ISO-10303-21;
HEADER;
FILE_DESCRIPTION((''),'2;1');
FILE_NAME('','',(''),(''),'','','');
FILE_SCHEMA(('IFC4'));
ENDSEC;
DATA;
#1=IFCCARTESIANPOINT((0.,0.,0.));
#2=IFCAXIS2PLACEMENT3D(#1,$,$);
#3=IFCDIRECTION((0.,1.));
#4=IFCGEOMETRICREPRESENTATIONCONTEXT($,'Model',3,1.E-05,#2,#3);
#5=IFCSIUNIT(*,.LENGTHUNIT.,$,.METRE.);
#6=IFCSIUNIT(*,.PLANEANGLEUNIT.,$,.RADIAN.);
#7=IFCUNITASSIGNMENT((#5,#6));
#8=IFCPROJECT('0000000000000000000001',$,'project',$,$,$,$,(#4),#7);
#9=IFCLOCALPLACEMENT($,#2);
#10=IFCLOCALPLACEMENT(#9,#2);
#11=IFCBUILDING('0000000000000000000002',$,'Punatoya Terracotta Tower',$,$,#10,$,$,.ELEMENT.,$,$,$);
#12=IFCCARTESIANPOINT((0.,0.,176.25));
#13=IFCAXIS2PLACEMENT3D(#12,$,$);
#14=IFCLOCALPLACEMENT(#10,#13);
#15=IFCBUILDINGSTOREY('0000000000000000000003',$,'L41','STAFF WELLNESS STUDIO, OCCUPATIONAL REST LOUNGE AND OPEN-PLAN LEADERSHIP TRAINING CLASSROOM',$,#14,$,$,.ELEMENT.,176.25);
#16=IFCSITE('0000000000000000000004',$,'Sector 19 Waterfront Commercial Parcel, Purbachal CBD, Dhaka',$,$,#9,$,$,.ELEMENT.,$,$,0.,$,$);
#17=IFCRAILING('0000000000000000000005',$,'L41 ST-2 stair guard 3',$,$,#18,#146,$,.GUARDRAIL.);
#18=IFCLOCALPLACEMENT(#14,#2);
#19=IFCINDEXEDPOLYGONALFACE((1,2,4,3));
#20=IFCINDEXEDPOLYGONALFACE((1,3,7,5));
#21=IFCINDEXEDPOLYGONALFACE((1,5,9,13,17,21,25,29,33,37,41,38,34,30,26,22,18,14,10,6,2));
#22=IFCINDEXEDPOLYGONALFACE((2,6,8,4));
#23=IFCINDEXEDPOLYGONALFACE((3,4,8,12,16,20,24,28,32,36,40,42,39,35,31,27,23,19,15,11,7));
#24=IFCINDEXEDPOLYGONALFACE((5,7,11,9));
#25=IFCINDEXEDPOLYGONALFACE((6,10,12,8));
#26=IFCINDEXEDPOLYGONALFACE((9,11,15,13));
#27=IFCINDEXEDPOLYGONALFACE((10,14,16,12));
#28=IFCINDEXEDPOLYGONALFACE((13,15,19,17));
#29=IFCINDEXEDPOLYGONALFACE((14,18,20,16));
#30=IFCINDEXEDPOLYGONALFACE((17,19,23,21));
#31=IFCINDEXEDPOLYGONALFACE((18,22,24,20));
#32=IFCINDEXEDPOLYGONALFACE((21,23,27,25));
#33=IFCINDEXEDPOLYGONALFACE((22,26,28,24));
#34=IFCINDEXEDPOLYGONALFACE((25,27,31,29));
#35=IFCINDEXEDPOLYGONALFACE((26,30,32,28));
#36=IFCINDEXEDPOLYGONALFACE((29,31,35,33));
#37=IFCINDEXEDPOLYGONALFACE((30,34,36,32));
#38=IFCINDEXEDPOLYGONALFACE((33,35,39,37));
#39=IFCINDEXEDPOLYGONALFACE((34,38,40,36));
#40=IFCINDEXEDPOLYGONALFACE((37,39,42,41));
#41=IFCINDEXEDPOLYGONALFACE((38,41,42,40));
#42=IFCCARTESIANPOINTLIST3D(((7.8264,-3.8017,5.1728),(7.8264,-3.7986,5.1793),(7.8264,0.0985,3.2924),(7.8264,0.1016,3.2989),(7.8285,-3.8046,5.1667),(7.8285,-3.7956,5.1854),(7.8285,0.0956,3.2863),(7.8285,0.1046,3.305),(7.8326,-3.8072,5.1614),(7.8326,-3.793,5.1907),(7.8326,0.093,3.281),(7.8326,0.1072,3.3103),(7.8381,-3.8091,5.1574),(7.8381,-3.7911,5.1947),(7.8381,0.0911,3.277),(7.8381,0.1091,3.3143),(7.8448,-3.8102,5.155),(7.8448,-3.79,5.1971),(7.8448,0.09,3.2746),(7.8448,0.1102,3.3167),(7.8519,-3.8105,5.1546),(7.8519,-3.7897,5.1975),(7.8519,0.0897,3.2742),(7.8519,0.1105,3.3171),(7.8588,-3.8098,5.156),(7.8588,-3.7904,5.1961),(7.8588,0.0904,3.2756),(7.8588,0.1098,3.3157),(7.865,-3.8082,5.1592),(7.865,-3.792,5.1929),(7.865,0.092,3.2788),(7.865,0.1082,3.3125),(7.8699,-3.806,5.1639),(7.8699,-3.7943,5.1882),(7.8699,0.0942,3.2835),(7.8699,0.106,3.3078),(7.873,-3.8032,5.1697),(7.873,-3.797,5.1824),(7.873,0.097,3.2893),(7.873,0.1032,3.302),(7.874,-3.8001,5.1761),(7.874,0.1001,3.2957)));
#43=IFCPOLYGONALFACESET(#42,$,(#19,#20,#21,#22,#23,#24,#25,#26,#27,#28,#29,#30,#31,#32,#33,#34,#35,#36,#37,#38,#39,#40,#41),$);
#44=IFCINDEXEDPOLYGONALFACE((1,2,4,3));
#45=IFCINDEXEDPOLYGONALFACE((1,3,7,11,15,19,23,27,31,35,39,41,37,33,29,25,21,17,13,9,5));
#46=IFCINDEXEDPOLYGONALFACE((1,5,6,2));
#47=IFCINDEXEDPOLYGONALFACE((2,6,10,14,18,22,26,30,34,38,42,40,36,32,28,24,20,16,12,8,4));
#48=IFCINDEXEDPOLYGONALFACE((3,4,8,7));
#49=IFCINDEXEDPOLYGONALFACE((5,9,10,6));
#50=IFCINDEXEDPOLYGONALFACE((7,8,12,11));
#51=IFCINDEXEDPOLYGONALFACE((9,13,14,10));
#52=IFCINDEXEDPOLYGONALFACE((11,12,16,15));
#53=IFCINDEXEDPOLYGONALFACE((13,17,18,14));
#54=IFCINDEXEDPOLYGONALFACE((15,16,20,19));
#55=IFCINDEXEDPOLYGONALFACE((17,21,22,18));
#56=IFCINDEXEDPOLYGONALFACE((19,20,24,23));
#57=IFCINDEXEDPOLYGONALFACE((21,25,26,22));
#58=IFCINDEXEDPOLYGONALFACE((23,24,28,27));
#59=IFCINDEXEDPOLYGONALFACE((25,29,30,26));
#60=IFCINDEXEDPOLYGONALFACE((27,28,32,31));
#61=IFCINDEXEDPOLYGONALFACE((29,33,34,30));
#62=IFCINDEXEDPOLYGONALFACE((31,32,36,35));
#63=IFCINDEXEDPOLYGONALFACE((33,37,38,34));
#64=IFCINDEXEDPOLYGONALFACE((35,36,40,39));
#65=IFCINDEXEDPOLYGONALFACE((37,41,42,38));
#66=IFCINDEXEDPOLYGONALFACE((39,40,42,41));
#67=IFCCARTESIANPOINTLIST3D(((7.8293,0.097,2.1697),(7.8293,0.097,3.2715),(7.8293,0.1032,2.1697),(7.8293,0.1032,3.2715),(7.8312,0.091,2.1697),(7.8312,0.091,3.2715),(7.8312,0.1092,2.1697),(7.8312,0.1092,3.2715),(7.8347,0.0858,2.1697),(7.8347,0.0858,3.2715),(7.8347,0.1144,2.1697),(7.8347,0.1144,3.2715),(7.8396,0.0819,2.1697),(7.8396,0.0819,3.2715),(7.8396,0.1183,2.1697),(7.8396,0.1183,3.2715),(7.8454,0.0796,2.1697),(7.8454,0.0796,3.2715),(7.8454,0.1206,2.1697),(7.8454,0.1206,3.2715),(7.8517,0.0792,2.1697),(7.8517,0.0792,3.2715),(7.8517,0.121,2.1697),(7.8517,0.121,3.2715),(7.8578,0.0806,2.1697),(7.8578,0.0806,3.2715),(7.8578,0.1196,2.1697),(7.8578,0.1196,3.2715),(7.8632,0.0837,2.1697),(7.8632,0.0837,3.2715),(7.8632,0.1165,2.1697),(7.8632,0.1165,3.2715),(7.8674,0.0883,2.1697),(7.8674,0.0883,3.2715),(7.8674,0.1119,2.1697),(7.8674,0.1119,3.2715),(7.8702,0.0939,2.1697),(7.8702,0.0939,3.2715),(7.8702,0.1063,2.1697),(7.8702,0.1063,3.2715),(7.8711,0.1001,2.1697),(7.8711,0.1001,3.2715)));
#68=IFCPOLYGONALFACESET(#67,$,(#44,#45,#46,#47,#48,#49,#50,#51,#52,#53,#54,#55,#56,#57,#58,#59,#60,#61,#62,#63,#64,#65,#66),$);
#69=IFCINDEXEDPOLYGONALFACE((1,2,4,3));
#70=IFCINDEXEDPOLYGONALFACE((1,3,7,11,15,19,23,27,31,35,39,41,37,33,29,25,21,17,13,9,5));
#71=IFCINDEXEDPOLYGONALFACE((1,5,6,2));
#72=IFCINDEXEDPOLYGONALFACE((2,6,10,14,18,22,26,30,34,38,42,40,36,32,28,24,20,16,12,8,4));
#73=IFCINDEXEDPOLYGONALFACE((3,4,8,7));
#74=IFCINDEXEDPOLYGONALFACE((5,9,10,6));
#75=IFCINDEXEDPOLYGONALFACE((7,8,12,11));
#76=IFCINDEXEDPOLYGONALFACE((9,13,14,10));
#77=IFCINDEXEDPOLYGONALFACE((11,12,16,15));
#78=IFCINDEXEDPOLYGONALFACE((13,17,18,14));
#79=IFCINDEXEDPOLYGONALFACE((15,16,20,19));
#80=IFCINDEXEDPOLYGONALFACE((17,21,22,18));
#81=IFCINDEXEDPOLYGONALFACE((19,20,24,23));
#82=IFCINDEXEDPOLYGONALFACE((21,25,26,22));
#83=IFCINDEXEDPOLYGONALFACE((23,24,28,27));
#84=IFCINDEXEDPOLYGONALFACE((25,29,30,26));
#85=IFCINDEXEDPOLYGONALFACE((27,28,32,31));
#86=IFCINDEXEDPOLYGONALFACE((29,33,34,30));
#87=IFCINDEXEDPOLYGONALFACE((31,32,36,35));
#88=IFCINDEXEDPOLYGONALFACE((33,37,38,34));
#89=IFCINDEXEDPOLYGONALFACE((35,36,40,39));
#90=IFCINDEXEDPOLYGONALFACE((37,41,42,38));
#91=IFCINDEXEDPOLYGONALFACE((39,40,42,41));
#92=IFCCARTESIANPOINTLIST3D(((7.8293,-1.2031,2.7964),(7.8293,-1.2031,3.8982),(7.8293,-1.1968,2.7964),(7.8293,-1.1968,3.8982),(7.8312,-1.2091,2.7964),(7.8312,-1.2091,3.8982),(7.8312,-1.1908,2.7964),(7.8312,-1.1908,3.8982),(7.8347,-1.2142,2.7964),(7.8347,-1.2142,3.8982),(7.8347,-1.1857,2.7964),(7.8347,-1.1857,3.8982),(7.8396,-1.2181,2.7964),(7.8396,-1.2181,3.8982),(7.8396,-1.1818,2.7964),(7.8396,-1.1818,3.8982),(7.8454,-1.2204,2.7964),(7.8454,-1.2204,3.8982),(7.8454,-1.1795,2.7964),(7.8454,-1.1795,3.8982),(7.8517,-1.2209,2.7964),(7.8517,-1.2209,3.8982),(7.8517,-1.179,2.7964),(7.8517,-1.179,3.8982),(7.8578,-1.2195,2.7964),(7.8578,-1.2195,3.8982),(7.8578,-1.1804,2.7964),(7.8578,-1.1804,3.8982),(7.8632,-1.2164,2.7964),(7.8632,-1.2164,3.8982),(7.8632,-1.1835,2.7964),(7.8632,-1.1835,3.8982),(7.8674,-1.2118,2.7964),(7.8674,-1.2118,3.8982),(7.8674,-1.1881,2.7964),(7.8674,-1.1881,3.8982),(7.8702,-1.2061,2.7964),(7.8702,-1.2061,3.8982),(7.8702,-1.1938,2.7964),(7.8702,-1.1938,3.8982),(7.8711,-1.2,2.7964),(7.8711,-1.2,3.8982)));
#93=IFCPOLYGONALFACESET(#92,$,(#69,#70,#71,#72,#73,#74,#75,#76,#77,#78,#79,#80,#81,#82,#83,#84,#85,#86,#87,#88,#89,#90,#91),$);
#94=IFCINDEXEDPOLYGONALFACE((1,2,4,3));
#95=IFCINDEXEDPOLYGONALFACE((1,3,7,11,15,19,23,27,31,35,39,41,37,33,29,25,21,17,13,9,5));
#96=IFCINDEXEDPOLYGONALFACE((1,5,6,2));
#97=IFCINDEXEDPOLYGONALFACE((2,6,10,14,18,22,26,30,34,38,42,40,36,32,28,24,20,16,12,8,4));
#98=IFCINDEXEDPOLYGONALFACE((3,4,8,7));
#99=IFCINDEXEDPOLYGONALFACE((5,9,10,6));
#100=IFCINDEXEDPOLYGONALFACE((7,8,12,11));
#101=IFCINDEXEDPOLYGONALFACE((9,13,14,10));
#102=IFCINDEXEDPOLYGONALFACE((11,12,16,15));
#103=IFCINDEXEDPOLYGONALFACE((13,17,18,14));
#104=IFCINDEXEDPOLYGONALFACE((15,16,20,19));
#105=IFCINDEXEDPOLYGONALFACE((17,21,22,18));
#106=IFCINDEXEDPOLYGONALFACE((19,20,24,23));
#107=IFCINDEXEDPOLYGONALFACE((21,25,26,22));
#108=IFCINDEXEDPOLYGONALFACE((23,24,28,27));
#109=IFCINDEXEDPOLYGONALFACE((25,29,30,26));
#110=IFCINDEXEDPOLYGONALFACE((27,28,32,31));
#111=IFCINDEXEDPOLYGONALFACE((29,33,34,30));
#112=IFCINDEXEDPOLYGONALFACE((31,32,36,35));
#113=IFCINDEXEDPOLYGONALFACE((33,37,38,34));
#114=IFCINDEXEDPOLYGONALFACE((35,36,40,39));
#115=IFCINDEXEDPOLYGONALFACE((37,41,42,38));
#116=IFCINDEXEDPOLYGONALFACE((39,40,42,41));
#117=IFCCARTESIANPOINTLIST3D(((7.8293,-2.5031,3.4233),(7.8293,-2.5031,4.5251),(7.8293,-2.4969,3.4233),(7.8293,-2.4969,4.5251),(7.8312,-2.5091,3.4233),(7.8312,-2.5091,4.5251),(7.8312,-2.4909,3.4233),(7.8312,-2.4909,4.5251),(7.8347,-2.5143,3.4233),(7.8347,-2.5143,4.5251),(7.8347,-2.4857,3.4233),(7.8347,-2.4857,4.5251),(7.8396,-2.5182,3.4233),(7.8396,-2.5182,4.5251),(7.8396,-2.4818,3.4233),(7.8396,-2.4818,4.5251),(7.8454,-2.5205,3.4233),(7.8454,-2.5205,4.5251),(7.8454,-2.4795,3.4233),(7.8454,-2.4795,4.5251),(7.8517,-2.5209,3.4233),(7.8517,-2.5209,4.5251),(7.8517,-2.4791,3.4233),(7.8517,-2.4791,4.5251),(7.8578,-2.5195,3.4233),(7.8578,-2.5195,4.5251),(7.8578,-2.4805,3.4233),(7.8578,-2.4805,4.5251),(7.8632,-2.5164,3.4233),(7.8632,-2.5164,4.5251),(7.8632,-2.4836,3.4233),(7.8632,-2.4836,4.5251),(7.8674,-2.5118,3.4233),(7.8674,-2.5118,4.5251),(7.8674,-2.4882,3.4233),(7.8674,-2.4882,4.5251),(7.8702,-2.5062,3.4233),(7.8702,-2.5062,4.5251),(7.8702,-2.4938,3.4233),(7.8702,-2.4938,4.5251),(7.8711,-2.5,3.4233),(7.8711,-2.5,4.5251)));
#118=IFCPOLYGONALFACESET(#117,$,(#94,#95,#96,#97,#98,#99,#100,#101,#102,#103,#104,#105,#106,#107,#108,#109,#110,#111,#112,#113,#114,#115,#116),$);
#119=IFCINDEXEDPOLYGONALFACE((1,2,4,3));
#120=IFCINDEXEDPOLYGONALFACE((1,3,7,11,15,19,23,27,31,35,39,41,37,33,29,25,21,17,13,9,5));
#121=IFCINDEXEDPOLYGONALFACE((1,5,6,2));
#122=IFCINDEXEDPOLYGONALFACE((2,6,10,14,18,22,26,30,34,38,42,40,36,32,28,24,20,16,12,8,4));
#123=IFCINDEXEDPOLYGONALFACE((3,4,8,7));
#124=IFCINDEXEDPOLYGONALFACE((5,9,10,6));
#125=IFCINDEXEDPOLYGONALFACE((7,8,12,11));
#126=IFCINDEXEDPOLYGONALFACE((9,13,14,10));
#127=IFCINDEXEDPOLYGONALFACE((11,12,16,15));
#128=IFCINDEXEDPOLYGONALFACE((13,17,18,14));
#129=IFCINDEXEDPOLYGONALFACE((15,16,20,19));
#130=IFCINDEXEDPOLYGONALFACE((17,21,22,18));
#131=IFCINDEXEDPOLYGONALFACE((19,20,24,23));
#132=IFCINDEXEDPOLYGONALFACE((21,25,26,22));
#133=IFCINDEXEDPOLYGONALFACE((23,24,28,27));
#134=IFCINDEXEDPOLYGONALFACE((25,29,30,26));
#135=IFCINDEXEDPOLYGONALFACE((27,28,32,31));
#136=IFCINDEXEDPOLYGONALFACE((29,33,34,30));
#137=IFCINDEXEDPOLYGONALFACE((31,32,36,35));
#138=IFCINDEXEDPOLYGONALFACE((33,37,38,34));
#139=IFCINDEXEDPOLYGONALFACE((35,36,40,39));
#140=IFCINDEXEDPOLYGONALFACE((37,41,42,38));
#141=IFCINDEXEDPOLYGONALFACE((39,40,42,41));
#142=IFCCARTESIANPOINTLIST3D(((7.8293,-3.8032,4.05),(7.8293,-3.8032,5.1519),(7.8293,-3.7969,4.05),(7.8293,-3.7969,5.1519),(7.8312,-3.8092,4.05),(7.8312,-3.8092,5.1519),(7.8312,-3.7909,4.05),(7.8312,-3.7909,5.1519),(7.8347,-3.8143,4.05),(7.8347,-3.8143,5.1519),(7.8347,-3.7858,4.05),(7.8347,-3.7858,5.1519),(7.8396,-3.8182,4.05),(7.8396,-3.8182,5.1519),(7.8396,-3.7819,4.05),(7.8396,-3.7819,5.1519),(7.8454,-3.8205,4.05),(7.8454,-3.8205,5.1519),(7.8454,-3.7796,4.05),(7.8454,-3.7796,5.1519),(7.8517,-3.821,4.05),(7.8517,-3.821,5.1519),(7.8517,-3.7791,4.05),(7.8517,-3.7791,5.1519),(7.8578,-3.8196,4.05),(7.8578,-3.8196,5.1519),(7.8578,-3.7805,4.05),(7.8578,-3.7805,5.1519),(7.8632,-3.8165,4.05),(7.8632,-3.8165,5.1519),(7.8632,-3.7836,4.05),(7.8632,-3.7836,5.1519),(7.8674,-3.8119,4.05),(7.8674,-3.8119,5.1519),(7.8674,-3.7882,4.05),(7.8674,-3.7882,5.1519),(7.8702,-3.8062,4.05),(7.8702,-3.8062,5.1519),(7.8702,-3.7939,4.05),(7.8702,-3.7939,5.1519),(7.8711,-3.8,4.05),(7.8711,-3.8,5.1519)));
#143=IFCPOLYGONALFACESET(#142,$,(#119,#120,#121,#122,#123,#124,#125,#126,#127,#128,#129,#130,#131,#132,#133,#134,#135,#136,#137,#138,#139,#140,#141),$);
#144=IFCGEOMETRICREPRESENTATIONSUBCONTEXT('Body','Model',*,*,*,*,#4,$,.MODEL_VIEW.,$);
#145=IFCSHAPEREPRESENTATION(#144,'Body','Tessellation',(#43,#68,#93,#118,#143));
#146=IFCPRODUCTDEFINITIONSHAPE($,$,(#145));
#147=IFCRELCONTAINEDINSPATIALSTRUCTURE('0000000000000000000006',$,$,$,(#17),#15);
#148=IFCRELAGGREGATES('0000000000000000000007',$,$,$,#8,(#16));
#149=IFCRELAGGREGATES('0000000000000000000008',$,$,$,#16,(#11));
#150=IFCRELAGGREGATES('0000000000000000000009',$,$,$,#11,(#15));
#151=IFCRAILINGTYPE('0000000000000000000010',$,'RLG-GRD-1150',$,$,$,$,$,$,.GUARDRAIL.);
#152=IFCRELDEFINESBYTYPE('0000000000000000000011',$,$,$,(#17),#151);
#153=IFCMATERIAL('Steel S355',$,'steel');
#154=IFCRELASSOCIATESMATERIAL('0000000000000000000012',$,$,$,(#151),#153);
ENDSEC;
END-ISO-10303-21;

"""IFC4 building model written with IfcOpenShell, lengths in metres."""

from ifc_helpers import new_model, si_unit, direction, frame, origin, origin_2d, place, context, subcontext, project, spatial, circle, extrude, material, type_object, element, save


model = new_model("IFC4")

# Units and contexts
model_context = context("Model", 3, precision=1e-05, world=origin(), true_north=direction((0.0, 1.0)))
body_context = subcontext(model_context, "Body", "Model", "MODEL_VIEW")
ifc_project = project(units=[si_unit("LENGTHUNIT", "METRE"), si_unit("PLANEANGLEUNIT", "RADIAN")], contexts=[model_context])

# Site, building, storey
site_placement = place(None, origin())
site = spatial("IfcSite", under=ifc_project, at=site_placement, Name="Sector 19 Waterfront Commercial Parcel, Purbachal CBD, Dhaka", CompositionType="ELEMENT", RefElevation=0.0)
building_placement = place(site_placement, origin())
building = spatial("IfcBuilding", under=site, at=building_placement, Name="Punatoya Terracotta Tower", CompositionType="ELEMENT")
storey_placement = place(building_placement, frame((0.0, 0.0, 176.25)))
storey = spatial("IfcBuildingStorey", under=building, at=storey_placement, Name="L41", Description="STAFF WELLNESS STUDIO, OCCUPATIONAL REST LOUNGE AND OPEN-PLAN LEADERSHIP TRAINING CLASSROOM", CompositionType="ELEMENT", Elevation=176.25)

# Shared definitions
ifc_material_1 = material(Name="Steel S355", Category="steel")

# Railing
railing_type_1 = type_object("IfcRailingType", Name="RLG-GRD-1150", PredefinedType="GUARDRAIL", material=ifc_material_1)
railing_1_placement = place(storey_placement, frame((7.8501, 0.1001, 2.1697)))
element("IfcRailing", 1, at=railing_1_placement, inside=storey, type_object=railing_type_1, Name="L41 ST-2 stair guard 3", PredefinedType="GUARDRAIL", context=body_context, shape_type="SweptSolid", body=[
    extrude(circle(Radius=0.0239, at=origin_2d()), frame((0.0, 0.0, 1.126), z_axis=(0.0, -0.900774, 0.434289), x_axis=(1.0, 0.0, 0.0)), (0.0, 0.0, 1.0), 4.3298),
    extrude(circle(Radius=0.021, at=origin_2d()), origin(), (0.0, 0.0, 1.0), 1.1018),
    extrude(circle(Radius=0.021, at=origin_2d()), frame((0.0, -1.3, 0.6267)), (0.0, 0.0, 1.0), 1.1018),
    extrude(circle(Radius=0.021, at=origin_2d()), frame((0.0, -2.6001, 1.2537)), (0.0, 0.0, 1.0), 1.1018),
    extrude(circle(Radius=0.021, at=origin_2d()), frame((0.0, -3.9001, 1.8804)), (0.0, 0.0, 1.0), 1.1018),
])

save(model, "model.ifc")
